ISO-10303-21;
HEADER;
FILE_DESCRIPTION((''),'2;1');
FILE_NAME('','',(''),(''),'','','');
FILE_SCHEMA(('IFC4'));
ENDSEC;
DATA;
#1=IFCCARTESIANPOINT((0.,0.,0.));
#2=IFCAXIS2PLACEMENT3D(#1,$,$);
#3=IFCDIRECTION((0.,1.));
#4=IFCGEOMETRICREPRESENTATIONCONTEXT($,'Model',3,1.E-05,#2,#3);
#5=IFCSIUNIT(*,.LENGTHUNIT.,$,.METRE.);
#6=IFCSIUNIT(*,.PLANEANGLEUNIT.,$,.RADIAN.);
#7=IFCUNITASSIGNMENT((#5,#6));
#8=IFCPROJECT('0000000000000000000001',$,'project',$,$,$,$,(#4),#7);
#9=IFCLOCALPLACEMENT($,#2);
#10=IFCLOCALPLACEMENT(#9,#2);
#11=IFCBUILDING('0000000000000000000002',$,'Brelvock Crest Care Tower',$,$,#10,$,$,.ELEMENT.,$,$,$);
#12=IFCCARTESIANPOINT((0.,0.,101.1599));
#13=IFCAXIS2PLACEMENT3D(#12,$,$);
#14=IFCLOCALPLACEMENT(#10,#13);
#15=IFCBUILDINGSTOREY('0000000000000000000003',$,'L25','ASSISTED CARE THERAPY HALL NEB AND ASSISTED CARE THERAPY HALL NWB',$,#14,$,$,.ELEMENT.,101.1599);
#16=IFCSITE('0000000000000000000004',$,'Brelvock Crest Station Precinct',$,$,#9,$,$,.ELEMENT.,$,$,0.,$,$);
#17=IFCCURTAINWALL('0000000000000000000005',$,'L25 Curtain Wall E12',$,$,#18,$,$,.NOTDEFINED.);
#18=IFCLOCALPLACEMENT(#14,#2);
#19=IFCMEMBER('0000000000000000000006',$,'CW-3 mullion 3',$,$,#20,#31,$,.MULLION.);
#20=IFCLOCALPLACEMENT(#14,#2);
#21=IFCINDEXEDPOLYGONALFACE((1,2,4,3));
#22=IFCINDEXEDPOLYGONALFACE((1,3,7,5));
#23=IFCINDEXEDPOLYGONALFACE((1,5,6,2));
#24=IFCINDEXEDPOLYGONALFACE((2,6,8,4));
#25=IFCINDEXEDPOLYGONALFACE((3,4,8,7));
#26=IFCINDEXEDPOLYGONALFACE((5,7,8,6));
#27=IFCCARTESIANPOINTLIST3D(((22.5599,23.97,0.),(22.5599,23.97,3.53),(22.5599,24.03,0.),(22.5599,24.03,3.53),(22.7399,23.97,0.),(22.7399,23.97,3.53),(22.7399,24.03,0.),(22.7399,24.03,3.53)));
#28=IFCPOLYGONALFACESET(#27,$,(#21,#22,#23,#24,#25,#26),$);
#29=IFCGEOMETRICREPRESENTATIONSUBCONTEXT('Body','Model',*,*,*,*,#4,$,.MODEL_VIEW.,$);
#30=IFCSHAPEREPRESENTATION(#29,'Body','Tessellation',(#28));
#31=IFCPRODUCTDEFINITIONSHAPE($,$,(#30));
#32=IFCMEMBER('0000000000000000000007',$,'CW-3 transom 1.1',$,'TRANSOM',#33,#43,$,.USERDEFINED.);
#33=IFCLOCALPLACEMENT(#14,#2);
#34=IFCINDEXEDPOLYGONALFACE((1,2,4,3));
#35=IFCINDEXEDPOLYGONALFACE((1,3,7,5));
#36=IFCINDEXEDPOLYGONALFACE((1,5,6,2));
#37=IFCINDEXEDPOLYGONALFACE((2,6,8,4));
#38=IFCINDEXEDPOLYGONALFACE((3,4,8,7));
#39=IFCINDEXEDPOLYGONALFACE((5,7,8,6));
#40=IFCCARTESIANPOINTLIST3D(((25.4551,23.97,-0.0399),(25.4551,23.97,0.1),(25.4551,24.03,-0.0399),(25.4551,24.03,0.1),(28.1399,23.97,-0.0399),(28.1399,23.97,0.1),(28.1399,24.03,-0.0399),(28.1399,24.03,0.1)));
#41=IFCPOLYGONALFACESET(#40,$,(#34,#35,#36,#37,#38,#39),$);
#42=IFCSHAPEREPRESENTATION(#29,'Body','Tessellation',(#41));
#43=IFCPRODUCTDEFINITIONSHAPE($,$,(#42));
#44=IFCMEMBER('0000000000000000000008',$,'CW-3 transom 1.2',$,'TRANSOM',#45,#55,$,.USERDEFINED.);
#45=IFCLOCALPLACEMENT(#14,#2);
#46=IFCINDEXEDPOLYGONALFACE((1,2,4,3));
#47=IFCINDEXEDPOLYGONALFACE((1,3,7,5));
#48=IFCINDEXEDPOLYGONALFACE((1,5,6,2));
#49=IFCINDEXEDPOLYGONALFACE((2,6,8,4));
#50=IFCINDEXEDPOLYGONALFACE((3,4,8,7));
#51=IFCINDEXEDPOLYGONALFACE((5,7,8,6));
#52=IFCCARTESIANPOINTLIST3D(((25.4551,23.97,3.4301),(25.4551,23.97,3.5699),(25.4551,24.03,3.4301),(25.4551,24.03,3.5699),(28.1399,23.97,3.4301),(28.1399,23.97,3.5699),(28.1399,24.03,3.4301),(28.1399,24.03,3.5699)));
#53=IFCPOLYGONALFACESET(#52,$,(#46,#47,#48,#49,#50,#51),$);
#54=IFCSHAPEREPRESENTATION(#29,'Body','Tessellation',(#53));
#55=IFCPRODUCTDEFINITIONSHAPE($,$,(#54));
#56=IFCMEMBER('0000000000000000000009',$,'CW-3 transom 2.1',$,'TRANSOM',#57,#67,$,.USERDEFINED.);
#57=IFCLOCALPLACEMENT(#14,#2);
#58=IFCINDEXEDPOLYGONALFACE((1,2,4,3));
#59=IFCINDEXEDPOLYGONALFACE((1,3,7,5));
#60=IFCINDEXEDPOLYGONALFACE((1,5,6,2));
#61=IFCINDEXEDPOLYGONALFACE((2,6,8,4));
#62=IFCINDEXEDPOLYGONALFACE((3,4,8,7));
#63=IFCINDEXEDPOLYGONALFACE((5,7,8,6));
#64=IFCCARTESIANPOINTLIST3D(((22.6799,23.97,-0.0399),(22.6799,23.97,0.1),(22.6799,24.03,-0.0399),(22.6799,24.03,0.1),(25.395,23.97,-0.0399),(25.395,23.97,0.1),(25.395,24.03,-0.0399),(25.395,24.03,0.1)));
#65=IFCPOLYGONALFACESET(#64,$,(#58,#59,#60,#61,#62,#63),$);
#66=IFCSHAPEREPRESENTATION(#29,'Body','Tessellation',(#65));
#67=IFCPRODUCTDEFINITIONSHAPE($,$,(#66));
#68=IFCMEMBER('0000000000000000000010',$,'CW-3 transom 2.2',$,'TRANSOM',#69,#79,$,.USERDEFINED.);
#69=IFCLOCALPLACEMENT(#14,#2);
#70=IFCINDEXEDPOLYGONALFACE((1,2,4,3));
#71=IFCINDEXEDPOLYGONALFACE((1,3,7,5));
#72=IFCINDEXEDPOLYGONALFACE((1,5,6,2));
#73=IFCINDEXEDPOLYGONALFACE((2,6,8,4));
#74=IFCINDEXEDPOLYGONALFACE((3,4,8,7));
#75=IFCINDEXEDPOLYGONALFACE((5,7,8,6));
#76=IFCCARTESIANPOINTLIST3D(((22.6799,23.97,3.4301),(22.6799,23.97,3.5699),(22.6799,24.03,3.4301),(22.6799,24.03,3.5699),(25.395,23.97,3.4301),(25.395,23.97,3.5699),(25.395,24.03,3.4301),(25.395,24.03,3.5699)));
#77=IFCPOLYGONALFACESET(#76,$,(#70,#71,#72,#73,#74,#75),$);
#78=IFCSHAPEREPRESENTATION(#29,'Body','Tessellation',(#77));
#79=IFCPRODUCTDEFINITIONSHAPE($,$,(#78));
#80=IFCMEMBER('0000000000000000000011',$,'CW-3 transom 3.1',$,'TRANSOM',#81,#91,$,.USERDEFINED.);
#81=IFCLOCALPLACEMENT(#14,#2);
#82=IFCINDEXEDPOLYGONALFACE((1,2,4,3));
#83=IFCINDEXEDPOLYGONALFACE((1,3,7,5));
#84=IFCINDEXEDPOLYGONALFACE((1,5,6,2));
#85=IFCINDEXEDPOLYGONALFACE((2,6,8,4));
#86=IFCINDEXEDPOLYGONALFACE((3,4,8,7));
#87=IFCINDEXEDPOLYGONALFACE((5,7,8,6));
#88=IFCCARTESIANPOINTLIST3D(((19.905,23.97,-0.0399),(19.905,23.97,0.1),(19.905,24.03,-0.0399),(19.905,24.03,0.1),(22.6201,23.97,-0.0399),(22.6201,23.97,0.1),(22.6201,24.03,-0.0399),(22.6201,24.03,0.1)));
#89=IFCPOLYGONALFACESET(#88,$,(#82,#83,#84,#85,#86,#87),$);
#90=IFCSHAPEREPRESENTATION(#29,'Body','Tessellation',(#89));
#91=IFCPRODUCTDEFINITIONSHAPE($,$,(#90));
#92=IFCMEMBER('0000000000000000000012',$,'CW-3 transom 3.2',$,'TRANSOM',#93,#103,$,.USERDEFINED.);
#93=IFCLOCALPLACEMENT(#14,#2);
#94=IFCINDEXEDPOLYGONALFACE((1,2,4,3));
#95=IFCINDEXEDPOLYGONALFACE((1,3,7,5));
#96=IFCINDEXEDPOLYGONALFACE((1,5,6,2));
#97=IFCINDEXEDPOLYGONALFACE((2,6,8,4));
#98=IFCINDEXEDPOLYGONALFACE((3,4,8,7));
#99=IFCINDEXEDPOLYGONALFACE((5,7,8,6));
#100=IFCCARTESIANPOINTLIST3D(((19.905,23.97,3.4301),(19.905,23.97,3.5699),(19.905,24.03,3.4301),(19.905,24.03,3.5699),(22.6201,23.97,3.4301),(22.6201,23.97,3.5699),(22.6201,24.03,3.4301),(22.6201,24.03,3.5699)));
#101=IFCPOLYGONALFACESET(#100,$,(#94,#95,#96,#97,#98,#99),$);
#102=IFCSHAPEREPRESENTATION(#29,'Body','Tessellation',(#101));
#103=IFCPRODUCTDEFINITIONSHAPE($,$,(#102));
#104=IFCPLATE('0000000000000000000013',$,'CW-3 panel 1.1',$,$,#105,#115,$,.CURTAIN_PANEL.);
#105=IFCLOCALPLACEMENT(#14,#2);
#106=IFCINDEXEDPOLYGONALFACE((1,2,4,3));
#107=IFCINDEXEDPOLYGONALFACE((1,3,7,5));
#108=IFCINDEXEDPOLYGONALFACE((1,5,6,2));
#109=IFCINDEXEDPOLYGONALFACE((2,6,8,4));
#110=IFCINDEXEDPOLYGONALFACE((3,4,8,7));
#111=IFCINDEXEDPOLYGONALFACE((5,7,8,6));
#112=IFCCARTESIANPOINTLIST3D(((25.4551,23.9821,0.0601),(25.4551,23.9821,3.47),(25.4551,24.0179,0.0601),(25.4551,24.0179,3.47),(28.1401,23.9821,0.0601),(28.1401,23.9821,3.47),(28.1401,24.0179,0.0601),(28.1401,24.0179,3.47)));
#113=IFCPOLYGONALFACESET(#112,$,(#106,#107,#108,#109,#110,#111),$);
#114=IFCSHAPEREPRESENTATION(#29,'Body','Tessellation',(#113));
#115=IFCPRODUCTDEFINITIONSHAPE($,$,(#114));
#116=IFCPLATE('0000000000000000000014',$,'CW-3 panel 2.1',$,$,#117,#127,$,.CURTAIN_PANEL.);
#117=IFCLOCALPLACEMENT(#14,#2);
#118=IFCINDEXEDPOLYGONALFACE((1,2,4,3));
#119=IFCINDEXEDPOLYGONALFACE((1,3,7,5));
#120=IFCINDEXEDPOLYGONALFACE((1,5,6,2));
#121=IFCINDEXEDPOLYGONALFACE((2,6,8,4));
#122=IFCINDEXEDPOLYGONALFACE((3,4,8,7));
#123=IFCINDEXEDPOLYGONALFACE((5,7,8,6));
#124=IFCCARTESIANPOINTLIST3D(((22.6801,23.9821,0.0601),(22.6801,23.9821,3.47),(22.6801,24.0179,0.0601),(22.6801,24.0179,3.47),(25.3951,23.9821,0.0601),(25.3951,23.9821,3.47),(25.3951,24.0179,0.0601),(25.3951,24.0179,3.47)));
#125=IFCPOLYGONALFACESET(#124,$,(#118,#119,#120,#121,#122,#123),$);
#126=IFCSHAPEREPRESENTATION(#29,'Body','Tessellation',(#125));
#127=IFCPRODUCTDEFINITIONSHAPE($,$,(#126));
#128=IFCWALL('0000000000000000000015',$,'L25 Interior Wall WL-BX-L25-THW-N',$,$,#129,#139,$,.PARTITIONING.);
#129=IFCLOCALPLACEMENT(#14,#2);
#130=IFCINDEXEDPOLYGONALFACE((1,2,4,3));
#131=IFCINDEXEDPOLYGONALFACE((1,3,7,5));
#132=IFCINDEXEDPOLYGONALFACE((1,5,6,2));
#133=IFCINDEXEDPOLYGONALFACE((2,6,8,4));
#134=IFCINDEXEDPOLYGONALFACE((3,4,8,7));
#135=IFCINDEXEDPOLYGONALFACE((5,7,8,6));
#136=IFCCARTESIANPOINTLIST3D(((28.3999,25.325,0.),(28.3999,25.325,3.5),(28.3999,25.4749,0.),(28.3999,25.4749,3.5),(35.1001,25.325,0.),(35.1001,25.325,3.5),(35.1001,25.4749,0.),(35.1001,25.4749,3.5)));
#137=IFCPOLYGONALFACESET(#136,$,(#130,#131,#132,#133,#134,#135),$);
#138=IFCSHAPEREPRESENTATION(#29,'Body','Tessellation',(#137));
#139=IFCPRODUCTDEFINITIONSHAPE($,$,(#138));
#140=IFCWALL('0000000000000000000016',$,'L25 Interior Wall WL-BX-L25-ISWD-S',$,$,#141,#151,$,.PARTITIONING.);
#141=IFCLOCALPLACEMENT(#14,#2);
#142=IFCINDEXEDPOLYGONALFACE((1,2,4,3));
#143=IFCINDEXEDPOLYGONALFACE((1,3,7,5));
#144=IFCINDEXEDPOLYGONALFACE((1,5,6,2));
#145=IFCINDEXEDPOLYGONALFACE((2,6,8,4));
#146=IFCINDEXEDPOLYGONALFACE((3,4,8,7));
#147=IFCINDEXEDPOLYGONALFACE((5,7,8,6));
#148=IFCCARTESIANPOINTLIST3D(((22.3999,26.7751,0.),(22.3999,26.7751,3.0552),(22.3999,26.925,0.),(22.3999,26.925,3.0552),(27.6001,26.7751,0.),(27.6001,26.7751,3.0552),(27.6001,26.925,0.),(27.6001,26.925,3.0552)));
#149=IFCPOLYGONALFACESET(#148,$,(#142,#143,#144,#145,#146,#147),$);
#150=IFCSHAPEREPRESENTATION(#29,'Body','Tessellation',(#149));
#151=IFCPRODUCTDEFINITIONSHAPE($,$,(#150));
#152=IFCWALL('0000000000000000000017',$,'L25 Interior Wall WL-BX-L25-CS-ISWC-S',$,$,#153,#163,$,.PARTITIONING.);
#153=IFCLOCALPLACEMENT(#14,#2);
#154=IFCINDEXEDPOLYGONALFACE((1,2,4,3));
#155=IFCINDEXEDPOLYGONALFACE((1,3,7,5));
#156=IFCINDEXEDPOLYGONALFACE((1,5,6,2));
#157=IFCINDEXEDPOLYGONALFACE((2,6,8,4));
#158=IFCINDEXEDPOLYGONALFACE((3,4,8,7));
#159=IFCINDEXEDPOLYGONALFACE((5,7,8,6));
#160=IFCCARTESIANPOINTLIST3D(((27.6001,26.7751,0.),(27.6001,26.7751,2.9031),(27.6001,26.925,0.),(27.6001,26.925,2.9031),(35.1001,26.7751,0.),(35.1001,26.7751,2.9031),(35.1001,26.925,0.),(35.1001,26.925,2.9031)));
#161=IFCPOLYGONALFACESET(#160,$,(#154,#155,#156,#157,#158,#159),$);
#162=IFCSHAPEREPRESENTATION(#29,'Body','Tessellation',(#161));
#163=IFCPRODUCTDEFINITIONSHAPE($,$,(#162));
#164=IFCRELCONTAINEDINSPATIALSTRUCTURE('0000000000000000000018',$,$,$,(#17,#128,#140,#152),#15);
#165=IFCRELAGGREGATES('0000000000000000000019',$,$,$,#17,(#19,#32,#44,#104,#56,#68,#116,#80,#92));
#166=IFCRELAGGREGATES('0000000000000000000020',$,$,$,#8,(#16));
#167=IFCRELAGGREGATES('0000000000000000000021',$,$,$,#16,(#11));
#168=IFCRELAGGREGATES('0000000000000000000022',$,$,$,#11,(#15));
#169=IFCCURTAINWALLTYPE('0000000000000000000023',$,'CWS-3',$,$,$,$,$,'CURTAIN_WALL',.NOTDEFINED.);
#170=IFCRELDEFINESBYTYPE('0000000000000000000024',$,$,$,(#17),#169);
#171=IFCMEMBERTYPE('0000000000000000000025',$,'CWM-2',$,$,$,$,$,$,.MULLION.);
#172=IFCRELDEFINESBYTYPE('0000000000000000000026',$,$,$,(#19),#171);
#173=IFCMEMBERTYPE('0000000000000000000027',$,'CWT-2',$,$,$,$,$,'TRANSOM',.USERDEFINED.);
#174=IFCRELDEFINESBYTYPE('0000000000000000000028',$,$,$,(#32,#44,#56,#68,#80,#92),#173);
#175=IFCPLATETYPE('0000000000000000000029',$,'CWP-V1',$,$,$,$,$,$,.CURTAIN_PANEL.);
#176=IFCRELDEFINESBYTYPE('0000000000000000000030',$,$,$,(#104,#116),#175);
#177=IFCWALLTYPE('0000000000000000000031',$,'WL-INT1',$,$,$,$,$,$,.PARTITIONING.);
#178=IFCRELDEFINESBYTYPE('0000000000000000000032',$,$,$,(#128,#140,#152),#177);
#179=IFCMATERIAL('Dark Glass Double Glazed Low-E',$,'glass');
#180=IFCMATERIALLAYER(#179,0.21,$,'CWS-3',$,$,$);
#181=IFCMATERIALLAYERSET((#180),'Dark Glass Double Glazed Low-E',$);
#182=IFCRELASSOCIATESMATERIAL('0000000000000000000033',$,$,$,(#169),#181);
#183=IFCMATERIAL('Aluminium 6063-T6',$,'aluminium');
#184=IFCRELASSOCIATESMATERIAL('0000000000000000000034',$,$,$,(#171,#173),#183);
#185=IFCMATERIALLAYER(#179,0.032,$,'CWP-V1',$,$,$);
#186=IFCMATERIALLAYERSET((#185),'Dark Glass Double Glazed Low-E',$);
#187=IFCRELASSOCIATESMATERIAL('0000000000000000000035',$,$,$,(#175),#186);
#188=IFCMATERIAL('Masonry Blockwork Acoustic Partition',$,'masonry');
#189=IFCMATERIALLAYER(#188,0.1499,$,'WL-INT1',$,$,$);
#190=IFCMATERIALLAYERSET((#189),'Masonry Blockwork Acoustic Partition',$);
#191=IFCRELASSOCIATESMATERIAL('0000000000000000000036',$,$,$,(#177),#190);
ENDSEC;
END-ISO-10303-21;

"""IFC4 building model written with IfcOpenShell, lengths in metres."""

from ifc_helpers import new_model, si_unit, direction, frame, frame_2d, origin, origin_2d, place, context, subcontext, project, spatial, rectangle, extrude, source, transform, mapped, material, layer, layer_set, material_profile, profile_set, type_object, element, aggregate, save


model = new_model("IFC4")

# Units and contexts
model_context = context("Model", 3, precision=1e-05, world=origin(), true_north=direction((0.0, 1.0)))
body_context = subcontext(model_context, "Body", "Model", "MODEL_VIEW")
ifc_project = project(units=[si_unit("LENGTHUNIT", "METRE"), si_unit("PLANEANGLEUNIT", "RADIAN")], contexts=[model_context])

# Site, building, storey
site_placement = place(None, origin())
site = spatial("IfcSite", under=ifc_project, at=site_placement, Name="Brelvock Crest Station Precinct", CompositionType="ELEMENT", RefElevation=0.0)
building_placement = place(site_placement, origin())
building = spatial("IfcBuilding", under=site, at=building_placement, Name="Brelvock Crest Care Tower", CompositionType="ELEMENT")
storey_placement = place(building_placement, frame((0.0, 0.0, 101.1599)))
storey = spatial("IfcBuildingStorey", under=building, at=storey_placement, Name="L25", Description="ASSISTED CARE THERAPY HALL NEB AND ASSISTED CARE THERAPY HALL NWB", CompositionType="ELEMENT", Elevation=101.1599)

# Curtain wall, members, plates
ifc_material_1 = material(Name="Dark Glass Double Glazed Low-E", Category="glass")
ifc_layer_1 = layer(ifc_material_1, 0.21, Name="CWS-3")
ifc_layer_set_1 = layer_set([ifc_layer_1], Name="Dark Glass Double Glazed Low-E")
curtain_wall_type = type_object("IfcCurtainWallType", Name="CWS-3", ElementType="CURTAIN_WALL", PredefinedType="NOTDEFINED", material=ifc_layer_set_1)
curtain_wall_placement = place(storey_placement, origin())
curtain_wall = element("IfcCurtainWall", 1, at=curtain_wall_placement, inside=storey, type_object=curtain_wall_type, Name="L25 Curtain Wall E12", PredefinedType="NOTDEFINED")
ifc_material_2 = material(Name="Aluminium 6063-T6", Category="aluminium")
ifc_material_profile_1 = material_profile(ifc_material_2, rectangle(XDim=0.0601, YDim=0.1799, at=origin_2d()), Name="ALU60x180")
ifc_profile_set_1 = profile_set([ifc_material_profile_1], Name="Aluminium 6063-T6")
member_type_1 = type_object("IfcMemberType", Name="CWM-2", PredefinedType="MULLION", material=ifc_profile_set_1)
shared_shape_1 = source(origin(), body_context, "Body", "SweptSolid", [
    extrude(rectangle(XDim=0.0601, YDim=0.1799, at=origin_2d()), origin(), (0.0, 0.0, 1.0), 3.53),
])
member_1_placement = place(storey_placement, frame((22.6499, 24.0, 0.0), z_axis=(0.0, 0.0, 1.0), x_axis=(0.0, -1.0, 0.0)))
member_1 = element("IfcMember", 2, at=member_1_placement, type_object=member_type_1, Name="CW-3 mullion 3", PredefinedType="MULLION", context=body_context, shape_type="MappedRepresentation", body=[
    mapped(shared_shape_1, transform((0.0, 0.0, 0.0), x_axis=(1.0, 0.0, 0.0), y_axis=(0.0, 1.0, 0.0), z_axis=(0.0, 0.0, 1.0), scale=1.0)),
])
ifc_material_profile_2 = material_profile(ifc_material_2, rectangle(XDim=0.0601, YDim=0.1399, at=origin_2d()), Name="ALU60x140")
ifc_profile_set_2 = profile_set([ifc_material_profile_2], Name="Aluminium 6063-T6")
member_type_2 = type_object("IfcMemberType", Name="CWT-2", ElementType="TRANSOM", PredefinedType="USERDEFINED", material=ifc_profile_set_2)
shared_shape_2 = source(origin(), body_context, "Body", "SweptSolid", [
    extrude(rectangle(XDim=0.0601, YDim=0.1399, at=origin_2d()), origin(), (0.0, 0.0, 1.0), 2.6848),
])
member_2_placement = place(storey_placement, frame((28.1399, 24.0, 0.03), z_axis=(-1.0, 0.0, 0.0), x_axis=(0.0, -1.0, 0.0)))
member_2 = element("IfcMember", 3, at=member_2_placement, type_object=member_type_2, Name="CW-3 transom 1.1", ObjectType="TRANSOM", PredefinedType="USERDEFINED", context=body_context, shape_type="MappedRepresentation", body=[
    mapped(shared_shape_2, transform((0.0, 0.0, 0.0), x_axis=(1.0, 0.0, 0.0), y_axis=(0.0, 1.0, 0.0), z_axis=(0.0, 0.0, 1.0), scale=1.0)),
])
member_3_placement = place(storey_placement, frame((28.1399, 24.0, 3.5), z_axis=(-1.0, 0.0, 0.0), x_axis=(0.0, -1.0, 0.0)))
member_3 = element("IfcMember", 4, at=member_3_placement, type_object=member_type_2, Name="CW-3 transom 1.2", ObjectType="TRANSOM", PredefinedType="USERDEFINED", context=body_context, shape_type="MappedRepresentation", body=[
    mapped(shared_shape_2, transform((0.0, 0.0, 0.0), x_axis=(1.0, 0.0, 0.0), y_axis=(0.0, 1.0, 0.0), z_axis=(0.0, 0.0, 1.0), scale=1.0)),
])
shared_shape_3 = source(origin(), body_context, "Body", "SweptSolid", [
    extrude(rectangle(XDim=0.0601, YDim=0.1399, at=origin_2d()), origin(), (0.0, 0.0, 1.0), 2.7151),
])
member_4_placement = place(storey_placement, frame((25.395, 24.0, 0.03), z_axis=(-1.0, 0.0, 0.0), x_axis=(0.0, -1.0, 0.0)))
member_4 = element("IfcMember", 5, at=member_4_placement, type_object=member_type_2, Name="CW-3 transom 2.1", ObjectType="TRANSOM", PredefinedType="USERDEFINED", context=body_context, shape_type="MappedRepresentation", body=[
    mapped(shared_shape_3, transform((0.0, 0.0, 0.0), x_axis=(1.0, 0.0, 0.0), y_axis=(0.0, 1.0, 0.0), z_axis=(0.0, 0.0, 1.0), scale=1.0)),
])
member_5_placement = place(storey_placement, frame((25.395, 24.0, 3.5), z_axis=(-1.0, 0.0, 0.0), x_axis=(0.0, -1.0, 0.0)))
member_5 = element("IfcMember", 6, at=member_5_placement, type_object=member_type_2, Name="CW-3 transom 2.2", ObjectType="TRANSOM", PredefinedType="USERDEFINED", context=body_context, shape_type="MappedRepresentation", body=[
    mapped(shared_shape_3, transform((0.0, 0.0, 0.0), x_axis=(1.0, 0.0, 0.0), y_axis=(0.0, 1.0, 0.0), z_axis=(0.0, 0.0, 1.0), scale=1.0)),
])
member_6_placement = place(storey_placement, frame((22.6201, 24.0, 0.03), z_axis=(-1.0, 0.0, 0.0), x_axis=(0.0, -1.0, 0.0)))
member_6 = element("IfcMember", 7, at=member_6_placement, type_object=member_type_2, Name="CW-3 transom 3.1", ObjectType="TRANSOM", PredefinedType="USERDEFINED", context=body_context, shape_type="MappedRepresentation", body=[
    mapped(shared_shape_3, transform((0.0, 0.0, 0.0), x_axis=(1.0, 0.0, 0.0), y_axis=(0.0, 1.0, 0.0), z_axis=(0.0, 0.0, 1.0), scale=1.0)),
])
member_7_placement = place(storey_placement, frame((22.6201, 24.0, 3.5), z_axis=(-1.0, 0.0, 0.0), x_axis=(0.0, -1.0, 0.0)))
member_7 = element("IfcMember", 8, at=member_7_placement, type_object=member_type_2, Name="CW-3 transom 3.2", ObjectType="TRANSOM", PredefinedType="USERDEFINED", context=body_context, shape_type="MappedRepresentation", body=[
    mapped(shared_shape_3, transform((0.0, 0.0, 0.0), x_axis=(1.0, 0.0, 0.0), y_axis=(0.0, 1.0, 0.0), z_axis=(0.0, 0.0, 1.0), scale=1.0)),
])
ifc_layer_2 = layer(ifc_material_1, 0.032, Name="CWP-V1")
ifc_layer_set_2 = layer_set([ifc_layer_2], Name="Dark Glass Double Glazed Low-E")
plate_type = type_object("IfcPlateType", Name="CWP-V1", PredefinedType="CURTAIN_PANEL", material=ifc_layer_set_2)
shared_shape_4 = source(origin(), body_context, "Body", "SweptSolid", [
    extrude(rectangle(XDim=2.6851, YDim=0.0359, at=origin_2d()), origin(), (0.0, 0.0, 1.0), 3.4099),
])
plate_1_placement = place(storey_placement, frame((26.7976, 24.0, 0.0601), z_axis=(0.0, 0.0, 1.0), x_axis=(-1.0, 0.0, 0.0)))
plate_1 = element("IfcPlate", 9, at=plate_1_placement, type_object=plate_type, Name="CW-3 panel 1.1", PredefinedType="CURTAIN_PANEL", context=body_context, shape_type="MappedRepresentation", body=[
    mapped(shared_shape_4, transform((0.0, 0.0, 0.0), x_axis=(1.0, 0.0, 0.0), y_axis=(0.0, 1.0, 0.0), z_axis=(0.0, 0.0, 1.0), scale=1.0)),
])
shared_shape_5 = source(origin(), body_context, "Body", "SweptSolid", [
    extrude(rectangle(XDim=2.7151, YDim=0.0359, at=origin_2d()), origin(), (0.0, 0.0, 1.0), 3.4099),
])
plate_2_placement = place(storey_placement, frame((24.0376, 24.0, 0.0601), z_axis=(0.0, 0.0, 1.0), x_axis=(-1.0, 0.0, 0.0)))
plate_2 = element("IfcPlate", 10, at=plate_2_placement, type_object=plate_type, Name="CW-3 panel 2.1", PredefinedType="CURTAIN_PANEL", context=body_context, shape_type="MappedRepresentation", body=[
    mapped(shared_shape_5, transform((0.0, 0.0, 0.0), x_axis=(1.0, 0.0, 0.0), y_axis=(0.0, 1.0, 0.0), z_axis=(0.0, 0.0, 1.0), scale=1.0)),
])
aggregate(curtain_wall, [member_1, member_2, member_3, plate_1, member_4, member_5, plate_2, member_6, member_7])

# Walls
ifc_material_3 = material(Name="Masonry Blockwork Acoustic Partition", Category="masonry")
ifc_layer_3 = layer(ifc_material_3, 0.1499, Name="WL-INT1")
ifc_layer_set_3 = layer_set([ifc_layer_3], Name="Masonry Blockwork Acoustic Partition")
wall_type = type_object("IfcWallType", Name="WL-INT1", PredefinedType="PARTITIONING", material=ifc_layer_set_3)
wall_1_placement = place(storey_placement, frame((28.3999, 25.3999, 0.0), z_axis=(0.0, 0.0, 1.0), x_axis=(1.0, 0.0, 0.0)))
element("IfcWall", 11, at=wall_1_placement, inside=storey, type_object=wall_type, Name="L25 Interior Wall WL-BX-L25-THW-N", PredefinedType="PARTITIONING", context=body_context, shape_type="SweptSolid", body=[
    extrude(rectangle(XDim=6.7002, YDim=0.1499, at=frame_2d((3.3501, 0.0))), origin(), (0.0, 0.0, 1.0), 3.5),
])
wall_2_placement = place(storey_placement, frame((22.3999, 26.8501, 0.0), z_axis=(0.0, 0.0, 1.0), x_axis=(1.0, 0.0, 0.0)))
element("IfcWall", 12, at=wall_2_placement, inside=storey, type_object=wall_type, Name="L25 Interior Wall WL-BX-L25-ISWD-S", PredefinedType="PARTITIONING", context=body_context, shape_type="SweptSolid", body=[
    extrude(rectangle(XDim=5.2002, YDim=0.1499, at=frame_2d((2.6001, 0.0))), origin(), (0.0, 0.0, 1.0), 3.0552),
])
wall_3_placement = place(storey_placement, frame((27.6001, 26.8501, 0.0), z_axis=(0.0, 0.0, 1.0), x_axis=(1.0, 0.0, 0.0)))
element("IfcWall", 13, at=wall_3_placement, inside=storey, type_object=wall_type, Name="L25 Interior Wall WL-BX-L25-CS-ISWC-S", PredefinedType="PARTITIONING", context=body_context, shape_type="SweptSolid", body=[
    extrude(rectangle(XDim=7.5, YDim=0.1499, at=frame_2d((3.75, 0.0))), origin(), (0.0, 0.0, 1.0), 2.9031),
])

save(model, "model.ifc")
